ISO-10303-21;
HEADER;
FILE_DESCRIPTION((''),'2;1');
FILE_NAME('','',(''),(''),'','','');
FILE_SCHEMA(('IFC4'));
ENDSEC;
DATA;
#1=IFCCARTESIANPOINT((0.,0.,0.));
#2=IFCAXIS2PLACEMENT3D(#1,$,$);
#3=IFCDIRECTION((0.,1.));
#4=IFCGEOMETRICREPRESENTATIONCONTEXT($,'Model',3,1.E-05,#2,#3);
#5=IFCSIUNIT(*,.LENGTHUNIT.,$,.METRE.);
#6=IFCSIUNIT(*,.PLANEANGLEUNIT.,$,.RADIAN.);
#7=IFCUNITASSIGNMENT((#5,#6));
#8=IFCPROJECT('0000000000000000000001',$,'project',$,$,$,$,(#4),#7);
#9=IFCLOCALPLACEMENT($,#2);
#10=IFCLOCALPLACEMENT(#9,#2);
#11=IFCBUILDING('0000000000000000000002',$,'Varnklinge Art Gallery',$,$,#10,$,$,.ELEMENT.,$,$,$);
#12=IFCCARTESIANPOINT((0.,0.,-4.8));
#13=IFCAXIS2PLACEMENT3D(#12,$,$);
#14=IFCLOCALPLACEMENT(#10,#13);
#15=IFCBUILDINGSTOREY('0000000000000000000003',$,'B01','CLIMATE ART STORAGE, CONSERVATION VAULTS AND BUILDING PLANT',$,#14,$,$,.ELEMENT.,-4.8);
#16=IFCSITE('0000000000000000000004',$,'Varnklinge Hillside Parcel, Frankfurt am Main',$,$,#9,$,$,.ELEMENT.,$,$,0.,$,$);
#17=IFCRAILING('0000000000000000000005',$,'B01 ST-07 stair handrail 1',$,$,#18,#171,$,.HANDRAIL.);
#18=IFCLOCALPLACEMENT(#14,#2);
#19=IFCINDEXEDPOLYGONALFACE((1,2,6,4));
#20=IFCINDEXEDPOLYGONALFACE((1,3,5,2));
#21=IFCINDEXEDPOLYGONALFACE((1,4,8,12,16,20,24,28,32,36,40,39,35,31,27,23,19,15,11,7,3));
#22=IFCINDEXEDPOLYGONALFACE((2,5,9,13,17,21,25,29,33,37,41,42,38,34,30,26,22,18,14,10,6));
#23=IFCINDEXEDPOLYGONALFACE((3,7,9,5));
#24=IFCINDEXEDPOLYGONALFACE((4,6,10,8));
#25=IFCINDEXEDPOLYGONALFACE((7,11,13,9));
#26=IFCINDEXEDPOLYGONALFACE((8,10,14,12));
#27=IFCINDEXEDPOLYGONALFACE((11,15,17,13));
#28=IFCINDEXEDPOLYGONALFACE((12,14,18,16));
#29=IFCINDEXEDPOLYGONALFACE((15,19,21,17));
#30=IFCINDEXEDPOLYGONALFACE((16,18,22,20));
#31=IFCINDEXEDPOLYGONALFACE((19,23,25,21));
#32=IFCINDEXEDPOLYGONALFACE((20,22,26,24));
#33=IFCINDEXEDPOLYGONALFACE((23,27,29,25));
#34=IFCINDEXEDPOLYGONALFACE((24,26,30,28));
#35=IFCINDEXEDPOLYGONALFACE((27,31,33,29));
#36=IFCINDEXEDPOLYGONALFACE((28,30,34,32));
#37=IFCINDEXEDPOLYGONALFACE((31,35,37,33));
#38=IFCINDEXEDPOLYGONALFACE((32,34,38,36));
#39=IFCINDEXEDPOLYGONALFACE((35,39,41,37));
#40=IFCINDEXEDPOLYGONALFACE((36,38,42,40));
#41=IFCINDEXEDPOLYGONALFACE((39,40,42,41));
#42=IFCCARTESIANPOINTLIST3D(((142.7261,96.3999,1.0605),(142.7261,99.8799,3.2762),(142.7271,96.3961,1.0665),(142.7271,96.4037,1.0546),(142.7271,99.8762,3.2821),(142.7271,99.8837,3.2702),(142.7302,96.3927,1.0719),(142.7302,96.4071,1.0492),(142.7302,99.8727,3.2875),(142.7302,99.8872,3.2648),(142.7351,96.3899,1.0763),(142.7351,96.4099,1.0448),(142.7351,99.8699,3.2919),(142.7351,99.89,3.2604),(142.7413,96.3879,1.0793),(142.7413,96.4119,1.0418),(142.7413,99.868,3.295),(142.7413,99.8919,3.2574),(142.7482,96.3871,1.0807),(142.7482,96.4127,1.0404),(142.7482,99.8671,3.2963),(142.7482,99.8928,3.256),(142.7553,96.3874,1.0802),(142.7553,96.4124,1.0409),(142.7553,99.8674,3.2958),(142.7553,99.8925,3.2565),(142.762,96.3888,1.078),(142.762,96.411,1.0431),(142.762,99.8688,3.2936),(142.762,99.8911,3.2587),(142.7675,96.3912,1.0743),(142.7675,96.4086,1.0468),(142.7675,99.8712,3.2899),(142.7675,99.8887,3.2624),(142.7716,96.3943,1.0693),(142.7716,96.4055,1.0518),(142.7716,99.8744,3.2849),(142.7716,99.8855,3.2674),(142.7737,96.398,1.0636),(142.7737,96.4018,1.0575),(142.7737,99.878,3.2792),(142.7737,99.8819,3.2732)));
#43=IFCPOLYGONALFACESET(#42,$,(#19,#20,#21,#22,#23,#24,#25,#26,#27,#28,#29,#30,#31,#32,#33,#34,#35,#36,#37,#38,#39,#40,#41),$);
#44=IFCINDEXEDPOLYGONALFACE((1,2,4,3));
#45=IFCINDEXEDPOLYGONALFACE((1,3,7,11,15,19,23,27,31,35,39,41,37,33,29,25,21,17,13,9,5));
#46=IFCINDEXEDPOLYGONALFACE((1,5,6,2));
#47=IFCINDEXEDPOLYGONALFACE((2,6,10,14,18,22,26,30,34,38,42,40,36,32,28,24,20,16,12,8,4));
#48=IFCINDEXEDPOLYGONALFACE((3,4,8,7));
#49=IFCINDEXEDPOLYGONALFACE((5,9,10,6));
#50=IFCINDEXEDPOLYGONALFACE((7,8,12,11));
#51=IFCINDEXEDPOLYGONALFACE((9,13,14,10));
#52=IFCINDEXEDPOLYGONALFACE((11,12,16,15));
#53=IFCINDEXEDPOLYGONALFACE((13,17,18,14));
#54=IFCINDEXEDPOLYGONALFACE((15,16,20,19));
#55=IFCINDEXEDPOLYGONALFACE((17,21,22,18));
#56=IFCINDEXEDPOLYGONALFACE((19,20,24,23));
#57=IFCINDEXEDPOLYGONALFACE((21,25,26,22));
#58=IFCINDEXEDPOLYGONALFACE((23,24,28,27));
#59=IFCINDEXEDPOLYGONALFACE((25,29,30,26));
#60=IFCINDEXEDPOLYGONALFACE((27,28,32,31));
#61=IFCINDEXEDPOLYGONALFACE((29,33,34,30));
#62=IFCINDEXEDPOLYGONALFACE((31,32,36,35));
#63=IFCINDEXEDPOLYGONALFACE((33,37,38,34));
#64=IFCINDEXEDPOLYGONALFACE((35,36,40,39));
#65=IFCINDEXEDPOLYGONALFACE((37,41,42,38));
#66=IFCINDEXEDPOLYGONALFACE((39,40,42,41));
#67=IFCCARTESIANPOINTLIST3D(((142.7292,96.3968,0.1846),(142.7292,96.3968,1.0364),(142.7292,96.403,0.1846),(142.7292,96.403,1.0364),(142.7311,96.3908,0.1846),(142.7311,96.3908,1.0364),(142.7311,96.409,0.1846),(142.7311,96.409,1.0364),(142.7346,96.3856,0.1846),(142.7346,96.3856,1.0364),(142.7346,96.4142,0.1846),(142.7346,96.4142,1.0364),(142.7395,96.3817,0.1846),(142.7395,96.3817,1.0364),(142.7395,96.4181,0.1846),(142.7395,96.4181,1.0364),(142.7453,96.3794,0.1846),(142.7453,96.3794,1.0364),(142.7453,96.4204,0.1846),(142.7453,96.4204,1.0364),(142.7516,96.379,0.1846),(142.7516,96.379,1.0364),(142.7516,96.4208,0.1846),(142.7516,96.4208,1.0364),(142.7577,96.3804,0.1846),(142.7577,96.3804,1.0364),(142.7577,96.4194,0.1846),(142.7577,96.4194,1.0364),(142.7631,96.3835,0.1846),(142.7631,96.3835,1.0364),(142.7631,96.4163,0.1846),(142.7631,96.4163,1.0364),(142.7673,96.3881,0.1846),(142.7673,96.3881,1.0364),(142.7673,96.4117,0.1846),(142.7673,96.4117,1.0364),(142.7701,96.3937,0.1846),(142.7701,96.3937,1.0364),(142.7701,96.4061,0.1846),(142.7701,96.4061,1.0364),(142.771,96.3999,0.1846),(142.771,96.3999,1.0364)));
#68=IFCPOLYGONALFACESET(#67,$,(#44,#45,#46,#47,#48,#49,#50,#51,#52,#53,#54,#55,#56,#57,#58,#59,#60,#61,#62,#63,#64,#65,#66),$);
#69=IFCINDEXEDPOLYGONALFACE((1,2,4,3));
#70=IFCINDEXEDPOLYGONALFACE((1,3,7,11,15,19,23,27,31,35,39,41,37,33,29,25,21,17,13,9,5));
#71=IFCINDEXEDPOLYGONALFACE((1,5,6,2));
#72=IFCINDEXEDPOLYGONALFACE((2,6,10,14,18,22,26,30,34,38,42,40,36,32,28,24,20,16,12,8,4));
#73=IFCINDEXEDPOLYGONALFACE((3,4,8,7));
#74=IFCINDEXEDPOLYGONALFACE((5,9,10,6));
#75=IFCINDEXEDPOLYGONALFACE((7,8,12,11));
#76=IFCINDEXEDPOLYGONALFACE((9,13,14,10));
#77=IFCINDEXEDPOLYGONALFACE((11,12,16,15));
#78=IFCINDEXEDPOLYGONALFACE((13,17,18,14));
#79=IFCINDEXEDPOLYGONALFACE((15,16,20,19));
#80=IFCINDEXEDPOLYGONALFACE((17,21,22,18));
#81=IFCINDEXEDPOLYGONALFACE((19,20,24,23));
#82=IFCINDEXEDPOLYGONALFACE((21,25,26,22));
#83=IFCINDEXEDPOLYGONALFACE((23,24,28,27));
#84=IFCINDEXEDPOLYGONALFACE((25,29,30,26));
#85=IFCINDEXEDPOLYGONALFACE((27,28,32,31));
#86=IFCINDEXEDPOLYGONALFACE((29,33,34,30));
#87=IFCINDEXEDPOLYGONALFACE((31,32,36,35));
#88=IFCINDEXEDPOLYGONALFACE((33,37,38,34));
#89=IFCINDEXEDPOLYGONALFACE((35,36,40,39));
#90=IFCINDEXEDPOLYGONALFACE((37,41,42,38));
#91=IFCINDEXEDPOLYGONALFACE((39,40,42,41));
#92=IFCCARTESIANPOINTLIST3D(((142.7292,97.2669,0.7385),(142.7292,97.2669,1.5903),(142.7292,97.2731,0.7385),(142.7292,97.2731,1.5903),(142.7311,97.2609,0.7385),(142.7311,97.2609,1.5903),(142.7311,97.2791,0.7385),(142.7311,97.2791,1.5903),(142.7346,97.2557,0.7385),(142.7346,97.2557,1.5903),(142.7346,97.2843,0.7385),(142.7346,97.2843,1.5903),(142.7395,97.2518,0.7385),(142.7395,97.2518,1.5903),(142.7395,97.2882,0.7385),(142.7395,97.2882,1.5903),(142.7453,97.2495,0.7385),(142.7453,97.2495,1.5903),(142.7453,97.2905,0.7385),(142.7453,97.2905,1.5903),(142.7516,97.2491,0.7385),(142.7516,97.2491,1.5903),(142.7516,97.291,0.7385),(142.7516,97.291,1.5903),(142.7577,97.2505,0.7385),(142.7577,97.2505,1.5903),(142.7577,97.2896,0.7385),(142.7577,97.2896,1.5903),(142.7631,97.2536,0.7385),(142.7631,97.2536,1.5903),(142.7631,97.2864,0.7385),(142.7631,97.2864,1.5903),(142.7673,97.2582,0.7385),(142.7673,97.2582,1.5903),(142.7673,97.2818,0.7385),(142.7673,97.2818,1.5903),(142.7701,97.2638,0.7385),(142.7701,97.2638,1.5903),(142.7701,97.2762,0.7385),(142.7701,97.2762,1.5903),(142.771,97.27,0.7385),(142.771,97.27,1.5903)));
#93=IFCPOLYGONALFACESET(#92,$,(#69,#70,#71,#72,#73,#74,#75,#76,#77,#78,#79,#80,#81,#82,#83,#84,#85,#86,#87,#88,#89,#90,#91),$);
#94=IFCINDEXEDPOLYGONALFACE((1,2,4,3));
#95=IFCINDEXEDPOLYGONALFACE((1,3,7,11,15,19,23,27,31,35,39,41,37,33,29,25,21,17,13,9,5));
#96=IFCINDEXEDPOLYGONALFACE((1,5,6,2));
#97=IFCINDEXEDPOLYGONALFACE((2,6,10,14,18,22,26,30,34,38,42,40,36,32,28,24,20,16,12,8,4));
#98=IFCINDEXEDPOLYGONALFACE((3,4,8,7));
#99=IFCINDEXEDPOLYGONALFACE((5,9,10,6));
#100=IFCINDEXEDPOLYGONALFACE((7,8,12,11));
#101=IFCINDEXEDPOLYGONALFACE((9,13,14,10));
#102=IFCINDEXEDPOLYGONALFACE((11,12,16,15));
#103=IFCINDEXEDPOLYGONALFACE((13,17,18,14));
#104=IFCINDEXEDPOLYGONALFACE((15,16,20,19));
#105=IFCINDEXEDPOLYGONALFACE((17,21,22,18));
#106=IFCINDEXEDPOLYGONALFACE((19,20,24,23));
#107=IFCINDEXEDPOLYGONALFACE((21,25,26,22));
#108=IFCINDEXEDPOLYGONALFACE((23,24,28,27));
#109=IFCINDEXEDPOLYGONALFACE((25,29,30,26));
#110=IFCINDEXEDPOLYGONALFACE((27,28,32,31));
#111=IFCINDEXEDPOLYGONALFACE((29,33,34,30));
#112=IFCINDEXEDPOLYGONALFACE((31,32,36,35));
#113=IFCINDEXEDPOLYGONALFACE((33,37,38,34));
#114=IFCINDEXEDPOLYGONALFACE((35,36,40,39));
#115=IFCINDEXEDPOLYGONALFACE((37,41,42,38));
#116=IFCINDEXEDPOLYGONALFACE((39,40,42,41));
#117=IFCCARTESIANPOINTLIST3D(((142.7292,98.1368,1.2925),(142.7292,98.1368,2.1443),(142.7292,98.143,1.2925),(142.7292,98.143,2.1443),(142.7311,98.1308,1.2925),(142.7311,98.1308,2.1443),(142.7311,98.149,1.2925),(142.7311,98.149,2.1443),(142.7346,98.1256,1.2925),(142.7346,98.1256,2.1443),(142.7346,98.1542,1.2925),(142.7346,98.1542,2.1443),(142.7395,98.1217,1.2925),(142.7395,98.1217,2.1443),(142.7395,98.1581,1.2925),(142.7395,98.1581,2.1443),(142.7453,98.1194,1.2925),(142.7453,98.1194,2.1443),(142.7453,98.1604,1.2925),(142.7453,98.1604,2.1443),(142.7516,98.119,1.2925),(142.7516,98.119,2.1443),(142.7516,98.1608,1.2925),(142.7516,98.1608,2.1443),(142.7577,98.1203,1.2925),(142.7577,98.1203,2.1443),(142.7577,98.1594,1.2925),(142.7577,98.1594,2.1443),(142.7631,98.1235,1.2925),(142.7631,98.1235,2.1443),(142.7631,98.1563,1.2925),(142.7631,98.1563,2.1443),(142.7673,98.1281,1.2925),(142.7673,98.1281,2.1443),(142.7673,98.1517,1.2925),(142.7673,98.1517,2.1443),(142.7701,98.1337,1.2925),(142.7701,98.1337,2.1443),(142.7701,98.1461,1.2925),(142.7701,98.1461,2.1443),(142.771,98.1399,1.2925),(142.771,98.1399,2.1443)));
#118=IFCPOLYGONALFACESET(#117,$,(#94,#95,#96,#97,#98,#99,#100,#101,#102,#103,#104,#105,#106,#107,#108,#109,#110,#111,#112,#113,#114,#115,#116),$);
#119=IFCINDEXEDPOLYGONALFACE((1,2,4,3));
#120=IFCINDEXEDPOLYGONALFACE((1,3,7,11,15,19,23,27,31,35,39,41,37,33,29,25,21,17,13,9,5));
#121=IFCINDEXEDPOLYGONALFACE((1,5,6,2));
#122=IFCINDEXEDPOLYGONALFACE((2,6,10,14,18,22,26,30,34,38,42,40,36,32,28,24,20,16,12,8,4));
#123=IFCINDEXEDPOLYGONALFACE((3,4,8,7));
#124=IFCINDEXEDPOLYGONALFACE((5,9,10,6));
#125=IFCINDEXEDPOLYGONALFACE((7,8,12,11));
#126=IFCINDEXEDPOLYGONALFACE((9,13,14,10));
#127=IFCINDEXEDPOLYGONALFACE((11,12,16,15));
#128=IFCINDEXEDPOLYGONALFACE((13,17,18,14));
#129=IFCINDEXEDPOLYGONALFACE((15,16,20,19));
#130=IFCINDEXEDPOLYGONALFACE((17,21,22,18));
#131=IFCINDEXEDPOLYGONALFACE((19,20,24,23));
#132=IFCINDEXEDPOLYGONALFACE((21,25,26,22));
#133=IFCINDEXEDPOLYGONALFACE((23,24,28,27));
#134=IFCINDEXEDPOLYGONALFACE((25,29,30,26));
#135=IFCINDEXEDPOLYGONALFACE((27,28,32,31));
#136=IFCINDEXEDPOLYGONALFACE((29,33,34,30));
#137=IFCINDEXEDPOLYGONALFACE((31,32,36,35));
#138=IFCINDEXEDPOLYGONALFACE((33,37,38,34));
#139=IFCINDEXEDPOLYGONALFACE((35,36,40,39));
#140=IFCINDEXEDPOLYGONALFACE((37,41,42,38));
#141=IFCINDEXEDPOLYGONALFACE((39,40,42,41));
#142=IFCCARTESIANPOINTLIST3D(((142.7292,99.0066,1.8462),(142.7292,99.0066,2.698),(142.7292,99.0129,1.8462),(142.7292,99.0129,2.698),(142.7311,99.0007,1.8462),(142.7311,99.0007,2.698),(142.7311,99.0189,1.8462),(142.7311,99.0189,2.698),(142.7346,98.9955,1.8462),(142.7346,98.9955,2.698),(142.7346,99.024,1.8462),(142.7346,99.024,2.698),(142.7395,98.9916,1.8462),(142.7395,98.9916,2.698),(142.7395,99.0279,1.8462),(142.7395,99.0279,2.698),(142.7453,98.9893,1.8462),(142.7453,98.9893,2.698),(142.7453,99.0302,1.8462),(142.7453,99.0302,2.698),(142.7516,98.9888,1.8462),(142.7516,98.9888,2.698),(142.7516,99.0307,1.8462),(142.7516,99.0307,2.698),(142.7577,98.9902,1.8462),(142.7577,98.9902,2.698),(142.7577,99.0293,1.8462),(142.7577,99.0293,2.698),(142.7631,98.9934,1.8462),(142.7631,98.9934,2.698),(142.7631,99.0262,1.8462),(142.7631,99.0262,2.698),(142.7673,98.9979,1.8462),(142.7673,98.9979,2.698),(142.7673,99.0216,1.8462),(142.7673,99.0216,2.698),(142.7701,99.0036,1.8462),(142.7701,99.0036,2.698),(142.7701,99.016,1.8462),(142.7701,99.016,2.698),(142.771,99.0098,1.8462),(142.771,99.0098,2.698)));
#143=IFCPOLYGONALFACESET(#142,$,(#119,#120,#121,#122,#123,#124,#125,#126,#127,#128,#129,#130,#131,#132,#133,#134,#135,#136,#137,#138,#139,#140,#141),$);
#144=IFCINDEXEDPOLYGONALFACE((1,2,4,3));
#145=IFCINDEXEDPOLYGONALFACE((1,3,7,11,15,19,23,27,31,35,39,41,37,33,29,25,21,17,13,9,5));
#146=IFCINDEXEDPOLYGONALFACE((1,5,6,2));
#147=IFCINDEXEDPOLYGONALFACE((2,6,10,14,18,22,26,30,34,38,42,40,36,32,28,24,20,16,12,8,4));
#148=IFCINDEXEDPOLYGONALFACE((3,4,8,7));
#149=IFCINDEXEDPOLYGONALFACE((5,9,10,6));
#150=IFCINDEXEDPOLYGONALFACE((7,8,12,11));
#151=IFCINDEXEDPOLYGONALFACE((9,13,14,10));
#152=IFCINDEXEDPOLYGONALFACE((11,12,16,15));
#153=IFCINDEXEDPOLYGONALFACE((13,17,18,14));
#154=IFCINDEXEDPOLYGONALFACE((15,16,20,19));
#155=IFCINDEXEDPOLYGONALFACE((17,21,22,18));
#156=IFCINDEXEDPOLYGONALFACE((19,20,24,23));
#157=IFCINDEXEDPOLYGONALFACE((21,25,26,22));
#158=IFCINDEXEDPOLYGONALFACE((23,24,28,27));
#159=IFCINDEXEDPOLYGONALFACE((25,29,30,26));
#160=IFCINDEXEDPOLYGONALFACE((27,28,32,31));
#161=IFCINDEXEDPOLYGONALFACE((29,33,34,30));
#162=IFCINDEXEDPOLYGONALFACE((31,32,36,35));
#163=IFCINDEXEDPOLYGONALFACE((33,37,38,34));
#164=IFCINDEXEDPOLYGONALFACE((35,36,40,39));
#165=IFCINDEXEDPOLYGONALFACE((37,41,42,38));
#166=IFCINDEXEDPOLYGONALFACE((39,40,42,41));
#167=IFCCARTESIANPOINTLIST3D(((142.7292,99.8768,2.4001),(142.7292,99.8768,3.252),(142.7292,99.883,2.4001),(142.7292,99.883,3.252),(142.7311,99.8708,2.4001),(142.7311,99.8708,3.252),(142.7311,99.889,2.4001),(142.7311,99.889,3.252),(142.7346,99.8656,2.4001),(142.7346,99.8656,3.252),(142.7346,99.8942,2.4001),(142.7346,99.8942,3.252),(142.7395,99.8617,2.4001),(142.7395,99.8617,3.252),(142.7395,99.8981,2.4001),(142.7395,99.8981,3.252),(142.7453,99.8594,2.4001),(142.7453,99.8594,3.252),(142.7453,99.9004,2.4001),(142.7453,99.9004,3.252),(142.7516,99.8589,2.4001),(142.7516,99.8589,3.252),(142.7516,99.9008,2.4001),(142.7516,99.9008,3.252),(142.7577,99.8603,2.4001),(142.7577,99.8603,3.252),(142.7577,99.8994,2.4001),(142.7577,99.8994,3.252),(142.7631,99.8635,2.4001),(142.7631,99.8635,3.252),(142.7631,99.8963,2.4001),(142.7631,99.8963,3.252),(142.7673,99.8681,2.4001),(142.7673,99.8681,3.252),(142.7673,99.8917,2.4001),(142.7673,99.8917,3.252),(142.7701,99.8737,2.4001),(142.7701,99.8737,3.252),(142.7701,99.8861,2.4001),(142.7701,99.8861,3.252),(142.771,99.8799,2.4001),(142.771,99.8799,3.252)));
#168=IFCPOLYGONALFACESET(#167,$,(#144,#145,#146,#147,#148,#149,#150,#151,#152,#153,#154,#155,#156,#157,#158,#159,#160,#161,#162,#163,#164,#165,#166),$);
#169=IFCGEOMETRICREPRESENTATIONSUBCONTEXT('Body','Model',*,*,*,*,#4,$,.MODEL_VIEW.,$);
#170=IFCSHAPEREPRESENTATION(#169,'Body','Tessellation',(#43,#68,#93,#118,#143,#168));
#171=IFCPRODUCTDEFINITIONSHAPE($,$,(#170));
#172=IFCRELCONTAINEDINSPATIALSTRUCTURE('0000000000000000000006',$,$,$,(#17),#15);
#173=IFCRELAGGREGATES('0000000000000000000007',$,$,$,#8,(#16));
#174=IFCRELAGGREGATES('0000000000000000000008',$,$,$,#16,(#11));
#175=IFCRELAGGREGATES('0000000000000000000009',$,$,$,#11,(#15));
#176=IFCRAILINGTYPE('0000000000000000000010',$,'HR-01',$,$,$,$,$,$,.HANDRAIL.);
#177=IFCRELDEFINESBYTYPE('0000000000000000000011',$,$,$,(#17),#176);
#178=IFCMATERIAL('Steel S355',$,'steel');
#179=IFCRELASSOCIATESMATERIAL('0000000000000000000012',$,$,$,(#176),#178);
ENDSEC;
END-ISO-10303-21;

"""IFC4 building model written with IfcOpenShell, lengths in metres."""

from ifc_helpers import new_model, si_unit, direction, frame, origin, origin_2d, place, context, subcontext, project, spatial, circle, extrude, material, type_object, element, save


model = new_model("IFC4")

# Units and contexts
model_context = context("Model", 3, precision=1e-05, world=origin(), true_north=direction((0.0, 1.0)))
body_context = subcontext(model_context, "Body", "Model", "MODEL_VIEW")
ifc_project = project(units=[si_unit("LENGTHUNIT", "METRE"), si_unit("PLANEANGLEUNIT", "RADIAN")], contexts=[model_context])

# Site, building, storey
site_placement = place(None, origin())
site = spatial("IfcSite", under=ifc_project, at=site_placement, Name="Varnklinge Hillside Parcel, Frankfurt am Main", CompositionType="ELEMENT", RefElevation=0.0)
building_placement = place(site_placement, origin())
building = spatial("IfcBuilding", under=site, at=building_placement, Name="Varnklinge Art Gallery", CompositionType="ELEMENT")
storey_placement = place(building_placement, frame((0.0, 0.0, -4.8)))
storey = spatial("IfcBuildingStorey", under=building, at=storey_placement, Name="B01", Description="CLIMATE ART STORAGE, CONSERVATION VAULTS AND BUILDING PLANT", CompositionType="ELEMENT", Elevation=-4.8)

# Railing
ifc_material_1 = material(Name="Steel S355", Category="steel")
railing_type_1 = type_object("IfcRailingType", Name="HR-01", PredefinedType="HANDRAIL", material=ifc_material_1)
railing_1_placement = place(storey_placement, frame((142.75, 96.3999, 0.1846)))
element("IfcRailing", 1, at=railing_1_placement, inside=storey, type_object=railing_type_1, Name="B01 ST-07 stair handrail 1", PredefinedType="HANDRAIL", context=body_context, shape_type="SweptSolid", body=[
    extrude(circle(Radius=0.0239, at=origin_2d()), frame((0.0, 0.0, 0.876), z_axis=(0.0, 0.843547, 0.537055), x_axis=(-1.0, 0.0, 0.0)), (0.0, 0.0, 1.0), 4.1255),
    extrude(circle(Radius=0.021, at=origin_2d()), origin(), (0.0, 0.0, 1.0), 0.8518),
    extrude(circle(Radius=0.021, at=origin_2d()), frame((0.0, 0.8701, 0.554)), (0.0, 0.0, 1.0), 0.8518),
    extrude(circle(Radius=0.021, at=origin_2d()), frame((0.0, 1.74, 1.1079)), (0.0, 0.0, 1.0), 0.8518),
    extrude(circle(Radius=0.021, at=origin_2d()), frame((0.0, 2.6099, 1.6616)), (0.0, 0.0, 1.0), 0.8518),
    extrude(circle(Radius=0.021, at=origin_2d()), frame((0.0, 3.48, 2.2156)), (0.0, 0.0, 1.0), 0.8518),
])

save(model, "model.ifc")
